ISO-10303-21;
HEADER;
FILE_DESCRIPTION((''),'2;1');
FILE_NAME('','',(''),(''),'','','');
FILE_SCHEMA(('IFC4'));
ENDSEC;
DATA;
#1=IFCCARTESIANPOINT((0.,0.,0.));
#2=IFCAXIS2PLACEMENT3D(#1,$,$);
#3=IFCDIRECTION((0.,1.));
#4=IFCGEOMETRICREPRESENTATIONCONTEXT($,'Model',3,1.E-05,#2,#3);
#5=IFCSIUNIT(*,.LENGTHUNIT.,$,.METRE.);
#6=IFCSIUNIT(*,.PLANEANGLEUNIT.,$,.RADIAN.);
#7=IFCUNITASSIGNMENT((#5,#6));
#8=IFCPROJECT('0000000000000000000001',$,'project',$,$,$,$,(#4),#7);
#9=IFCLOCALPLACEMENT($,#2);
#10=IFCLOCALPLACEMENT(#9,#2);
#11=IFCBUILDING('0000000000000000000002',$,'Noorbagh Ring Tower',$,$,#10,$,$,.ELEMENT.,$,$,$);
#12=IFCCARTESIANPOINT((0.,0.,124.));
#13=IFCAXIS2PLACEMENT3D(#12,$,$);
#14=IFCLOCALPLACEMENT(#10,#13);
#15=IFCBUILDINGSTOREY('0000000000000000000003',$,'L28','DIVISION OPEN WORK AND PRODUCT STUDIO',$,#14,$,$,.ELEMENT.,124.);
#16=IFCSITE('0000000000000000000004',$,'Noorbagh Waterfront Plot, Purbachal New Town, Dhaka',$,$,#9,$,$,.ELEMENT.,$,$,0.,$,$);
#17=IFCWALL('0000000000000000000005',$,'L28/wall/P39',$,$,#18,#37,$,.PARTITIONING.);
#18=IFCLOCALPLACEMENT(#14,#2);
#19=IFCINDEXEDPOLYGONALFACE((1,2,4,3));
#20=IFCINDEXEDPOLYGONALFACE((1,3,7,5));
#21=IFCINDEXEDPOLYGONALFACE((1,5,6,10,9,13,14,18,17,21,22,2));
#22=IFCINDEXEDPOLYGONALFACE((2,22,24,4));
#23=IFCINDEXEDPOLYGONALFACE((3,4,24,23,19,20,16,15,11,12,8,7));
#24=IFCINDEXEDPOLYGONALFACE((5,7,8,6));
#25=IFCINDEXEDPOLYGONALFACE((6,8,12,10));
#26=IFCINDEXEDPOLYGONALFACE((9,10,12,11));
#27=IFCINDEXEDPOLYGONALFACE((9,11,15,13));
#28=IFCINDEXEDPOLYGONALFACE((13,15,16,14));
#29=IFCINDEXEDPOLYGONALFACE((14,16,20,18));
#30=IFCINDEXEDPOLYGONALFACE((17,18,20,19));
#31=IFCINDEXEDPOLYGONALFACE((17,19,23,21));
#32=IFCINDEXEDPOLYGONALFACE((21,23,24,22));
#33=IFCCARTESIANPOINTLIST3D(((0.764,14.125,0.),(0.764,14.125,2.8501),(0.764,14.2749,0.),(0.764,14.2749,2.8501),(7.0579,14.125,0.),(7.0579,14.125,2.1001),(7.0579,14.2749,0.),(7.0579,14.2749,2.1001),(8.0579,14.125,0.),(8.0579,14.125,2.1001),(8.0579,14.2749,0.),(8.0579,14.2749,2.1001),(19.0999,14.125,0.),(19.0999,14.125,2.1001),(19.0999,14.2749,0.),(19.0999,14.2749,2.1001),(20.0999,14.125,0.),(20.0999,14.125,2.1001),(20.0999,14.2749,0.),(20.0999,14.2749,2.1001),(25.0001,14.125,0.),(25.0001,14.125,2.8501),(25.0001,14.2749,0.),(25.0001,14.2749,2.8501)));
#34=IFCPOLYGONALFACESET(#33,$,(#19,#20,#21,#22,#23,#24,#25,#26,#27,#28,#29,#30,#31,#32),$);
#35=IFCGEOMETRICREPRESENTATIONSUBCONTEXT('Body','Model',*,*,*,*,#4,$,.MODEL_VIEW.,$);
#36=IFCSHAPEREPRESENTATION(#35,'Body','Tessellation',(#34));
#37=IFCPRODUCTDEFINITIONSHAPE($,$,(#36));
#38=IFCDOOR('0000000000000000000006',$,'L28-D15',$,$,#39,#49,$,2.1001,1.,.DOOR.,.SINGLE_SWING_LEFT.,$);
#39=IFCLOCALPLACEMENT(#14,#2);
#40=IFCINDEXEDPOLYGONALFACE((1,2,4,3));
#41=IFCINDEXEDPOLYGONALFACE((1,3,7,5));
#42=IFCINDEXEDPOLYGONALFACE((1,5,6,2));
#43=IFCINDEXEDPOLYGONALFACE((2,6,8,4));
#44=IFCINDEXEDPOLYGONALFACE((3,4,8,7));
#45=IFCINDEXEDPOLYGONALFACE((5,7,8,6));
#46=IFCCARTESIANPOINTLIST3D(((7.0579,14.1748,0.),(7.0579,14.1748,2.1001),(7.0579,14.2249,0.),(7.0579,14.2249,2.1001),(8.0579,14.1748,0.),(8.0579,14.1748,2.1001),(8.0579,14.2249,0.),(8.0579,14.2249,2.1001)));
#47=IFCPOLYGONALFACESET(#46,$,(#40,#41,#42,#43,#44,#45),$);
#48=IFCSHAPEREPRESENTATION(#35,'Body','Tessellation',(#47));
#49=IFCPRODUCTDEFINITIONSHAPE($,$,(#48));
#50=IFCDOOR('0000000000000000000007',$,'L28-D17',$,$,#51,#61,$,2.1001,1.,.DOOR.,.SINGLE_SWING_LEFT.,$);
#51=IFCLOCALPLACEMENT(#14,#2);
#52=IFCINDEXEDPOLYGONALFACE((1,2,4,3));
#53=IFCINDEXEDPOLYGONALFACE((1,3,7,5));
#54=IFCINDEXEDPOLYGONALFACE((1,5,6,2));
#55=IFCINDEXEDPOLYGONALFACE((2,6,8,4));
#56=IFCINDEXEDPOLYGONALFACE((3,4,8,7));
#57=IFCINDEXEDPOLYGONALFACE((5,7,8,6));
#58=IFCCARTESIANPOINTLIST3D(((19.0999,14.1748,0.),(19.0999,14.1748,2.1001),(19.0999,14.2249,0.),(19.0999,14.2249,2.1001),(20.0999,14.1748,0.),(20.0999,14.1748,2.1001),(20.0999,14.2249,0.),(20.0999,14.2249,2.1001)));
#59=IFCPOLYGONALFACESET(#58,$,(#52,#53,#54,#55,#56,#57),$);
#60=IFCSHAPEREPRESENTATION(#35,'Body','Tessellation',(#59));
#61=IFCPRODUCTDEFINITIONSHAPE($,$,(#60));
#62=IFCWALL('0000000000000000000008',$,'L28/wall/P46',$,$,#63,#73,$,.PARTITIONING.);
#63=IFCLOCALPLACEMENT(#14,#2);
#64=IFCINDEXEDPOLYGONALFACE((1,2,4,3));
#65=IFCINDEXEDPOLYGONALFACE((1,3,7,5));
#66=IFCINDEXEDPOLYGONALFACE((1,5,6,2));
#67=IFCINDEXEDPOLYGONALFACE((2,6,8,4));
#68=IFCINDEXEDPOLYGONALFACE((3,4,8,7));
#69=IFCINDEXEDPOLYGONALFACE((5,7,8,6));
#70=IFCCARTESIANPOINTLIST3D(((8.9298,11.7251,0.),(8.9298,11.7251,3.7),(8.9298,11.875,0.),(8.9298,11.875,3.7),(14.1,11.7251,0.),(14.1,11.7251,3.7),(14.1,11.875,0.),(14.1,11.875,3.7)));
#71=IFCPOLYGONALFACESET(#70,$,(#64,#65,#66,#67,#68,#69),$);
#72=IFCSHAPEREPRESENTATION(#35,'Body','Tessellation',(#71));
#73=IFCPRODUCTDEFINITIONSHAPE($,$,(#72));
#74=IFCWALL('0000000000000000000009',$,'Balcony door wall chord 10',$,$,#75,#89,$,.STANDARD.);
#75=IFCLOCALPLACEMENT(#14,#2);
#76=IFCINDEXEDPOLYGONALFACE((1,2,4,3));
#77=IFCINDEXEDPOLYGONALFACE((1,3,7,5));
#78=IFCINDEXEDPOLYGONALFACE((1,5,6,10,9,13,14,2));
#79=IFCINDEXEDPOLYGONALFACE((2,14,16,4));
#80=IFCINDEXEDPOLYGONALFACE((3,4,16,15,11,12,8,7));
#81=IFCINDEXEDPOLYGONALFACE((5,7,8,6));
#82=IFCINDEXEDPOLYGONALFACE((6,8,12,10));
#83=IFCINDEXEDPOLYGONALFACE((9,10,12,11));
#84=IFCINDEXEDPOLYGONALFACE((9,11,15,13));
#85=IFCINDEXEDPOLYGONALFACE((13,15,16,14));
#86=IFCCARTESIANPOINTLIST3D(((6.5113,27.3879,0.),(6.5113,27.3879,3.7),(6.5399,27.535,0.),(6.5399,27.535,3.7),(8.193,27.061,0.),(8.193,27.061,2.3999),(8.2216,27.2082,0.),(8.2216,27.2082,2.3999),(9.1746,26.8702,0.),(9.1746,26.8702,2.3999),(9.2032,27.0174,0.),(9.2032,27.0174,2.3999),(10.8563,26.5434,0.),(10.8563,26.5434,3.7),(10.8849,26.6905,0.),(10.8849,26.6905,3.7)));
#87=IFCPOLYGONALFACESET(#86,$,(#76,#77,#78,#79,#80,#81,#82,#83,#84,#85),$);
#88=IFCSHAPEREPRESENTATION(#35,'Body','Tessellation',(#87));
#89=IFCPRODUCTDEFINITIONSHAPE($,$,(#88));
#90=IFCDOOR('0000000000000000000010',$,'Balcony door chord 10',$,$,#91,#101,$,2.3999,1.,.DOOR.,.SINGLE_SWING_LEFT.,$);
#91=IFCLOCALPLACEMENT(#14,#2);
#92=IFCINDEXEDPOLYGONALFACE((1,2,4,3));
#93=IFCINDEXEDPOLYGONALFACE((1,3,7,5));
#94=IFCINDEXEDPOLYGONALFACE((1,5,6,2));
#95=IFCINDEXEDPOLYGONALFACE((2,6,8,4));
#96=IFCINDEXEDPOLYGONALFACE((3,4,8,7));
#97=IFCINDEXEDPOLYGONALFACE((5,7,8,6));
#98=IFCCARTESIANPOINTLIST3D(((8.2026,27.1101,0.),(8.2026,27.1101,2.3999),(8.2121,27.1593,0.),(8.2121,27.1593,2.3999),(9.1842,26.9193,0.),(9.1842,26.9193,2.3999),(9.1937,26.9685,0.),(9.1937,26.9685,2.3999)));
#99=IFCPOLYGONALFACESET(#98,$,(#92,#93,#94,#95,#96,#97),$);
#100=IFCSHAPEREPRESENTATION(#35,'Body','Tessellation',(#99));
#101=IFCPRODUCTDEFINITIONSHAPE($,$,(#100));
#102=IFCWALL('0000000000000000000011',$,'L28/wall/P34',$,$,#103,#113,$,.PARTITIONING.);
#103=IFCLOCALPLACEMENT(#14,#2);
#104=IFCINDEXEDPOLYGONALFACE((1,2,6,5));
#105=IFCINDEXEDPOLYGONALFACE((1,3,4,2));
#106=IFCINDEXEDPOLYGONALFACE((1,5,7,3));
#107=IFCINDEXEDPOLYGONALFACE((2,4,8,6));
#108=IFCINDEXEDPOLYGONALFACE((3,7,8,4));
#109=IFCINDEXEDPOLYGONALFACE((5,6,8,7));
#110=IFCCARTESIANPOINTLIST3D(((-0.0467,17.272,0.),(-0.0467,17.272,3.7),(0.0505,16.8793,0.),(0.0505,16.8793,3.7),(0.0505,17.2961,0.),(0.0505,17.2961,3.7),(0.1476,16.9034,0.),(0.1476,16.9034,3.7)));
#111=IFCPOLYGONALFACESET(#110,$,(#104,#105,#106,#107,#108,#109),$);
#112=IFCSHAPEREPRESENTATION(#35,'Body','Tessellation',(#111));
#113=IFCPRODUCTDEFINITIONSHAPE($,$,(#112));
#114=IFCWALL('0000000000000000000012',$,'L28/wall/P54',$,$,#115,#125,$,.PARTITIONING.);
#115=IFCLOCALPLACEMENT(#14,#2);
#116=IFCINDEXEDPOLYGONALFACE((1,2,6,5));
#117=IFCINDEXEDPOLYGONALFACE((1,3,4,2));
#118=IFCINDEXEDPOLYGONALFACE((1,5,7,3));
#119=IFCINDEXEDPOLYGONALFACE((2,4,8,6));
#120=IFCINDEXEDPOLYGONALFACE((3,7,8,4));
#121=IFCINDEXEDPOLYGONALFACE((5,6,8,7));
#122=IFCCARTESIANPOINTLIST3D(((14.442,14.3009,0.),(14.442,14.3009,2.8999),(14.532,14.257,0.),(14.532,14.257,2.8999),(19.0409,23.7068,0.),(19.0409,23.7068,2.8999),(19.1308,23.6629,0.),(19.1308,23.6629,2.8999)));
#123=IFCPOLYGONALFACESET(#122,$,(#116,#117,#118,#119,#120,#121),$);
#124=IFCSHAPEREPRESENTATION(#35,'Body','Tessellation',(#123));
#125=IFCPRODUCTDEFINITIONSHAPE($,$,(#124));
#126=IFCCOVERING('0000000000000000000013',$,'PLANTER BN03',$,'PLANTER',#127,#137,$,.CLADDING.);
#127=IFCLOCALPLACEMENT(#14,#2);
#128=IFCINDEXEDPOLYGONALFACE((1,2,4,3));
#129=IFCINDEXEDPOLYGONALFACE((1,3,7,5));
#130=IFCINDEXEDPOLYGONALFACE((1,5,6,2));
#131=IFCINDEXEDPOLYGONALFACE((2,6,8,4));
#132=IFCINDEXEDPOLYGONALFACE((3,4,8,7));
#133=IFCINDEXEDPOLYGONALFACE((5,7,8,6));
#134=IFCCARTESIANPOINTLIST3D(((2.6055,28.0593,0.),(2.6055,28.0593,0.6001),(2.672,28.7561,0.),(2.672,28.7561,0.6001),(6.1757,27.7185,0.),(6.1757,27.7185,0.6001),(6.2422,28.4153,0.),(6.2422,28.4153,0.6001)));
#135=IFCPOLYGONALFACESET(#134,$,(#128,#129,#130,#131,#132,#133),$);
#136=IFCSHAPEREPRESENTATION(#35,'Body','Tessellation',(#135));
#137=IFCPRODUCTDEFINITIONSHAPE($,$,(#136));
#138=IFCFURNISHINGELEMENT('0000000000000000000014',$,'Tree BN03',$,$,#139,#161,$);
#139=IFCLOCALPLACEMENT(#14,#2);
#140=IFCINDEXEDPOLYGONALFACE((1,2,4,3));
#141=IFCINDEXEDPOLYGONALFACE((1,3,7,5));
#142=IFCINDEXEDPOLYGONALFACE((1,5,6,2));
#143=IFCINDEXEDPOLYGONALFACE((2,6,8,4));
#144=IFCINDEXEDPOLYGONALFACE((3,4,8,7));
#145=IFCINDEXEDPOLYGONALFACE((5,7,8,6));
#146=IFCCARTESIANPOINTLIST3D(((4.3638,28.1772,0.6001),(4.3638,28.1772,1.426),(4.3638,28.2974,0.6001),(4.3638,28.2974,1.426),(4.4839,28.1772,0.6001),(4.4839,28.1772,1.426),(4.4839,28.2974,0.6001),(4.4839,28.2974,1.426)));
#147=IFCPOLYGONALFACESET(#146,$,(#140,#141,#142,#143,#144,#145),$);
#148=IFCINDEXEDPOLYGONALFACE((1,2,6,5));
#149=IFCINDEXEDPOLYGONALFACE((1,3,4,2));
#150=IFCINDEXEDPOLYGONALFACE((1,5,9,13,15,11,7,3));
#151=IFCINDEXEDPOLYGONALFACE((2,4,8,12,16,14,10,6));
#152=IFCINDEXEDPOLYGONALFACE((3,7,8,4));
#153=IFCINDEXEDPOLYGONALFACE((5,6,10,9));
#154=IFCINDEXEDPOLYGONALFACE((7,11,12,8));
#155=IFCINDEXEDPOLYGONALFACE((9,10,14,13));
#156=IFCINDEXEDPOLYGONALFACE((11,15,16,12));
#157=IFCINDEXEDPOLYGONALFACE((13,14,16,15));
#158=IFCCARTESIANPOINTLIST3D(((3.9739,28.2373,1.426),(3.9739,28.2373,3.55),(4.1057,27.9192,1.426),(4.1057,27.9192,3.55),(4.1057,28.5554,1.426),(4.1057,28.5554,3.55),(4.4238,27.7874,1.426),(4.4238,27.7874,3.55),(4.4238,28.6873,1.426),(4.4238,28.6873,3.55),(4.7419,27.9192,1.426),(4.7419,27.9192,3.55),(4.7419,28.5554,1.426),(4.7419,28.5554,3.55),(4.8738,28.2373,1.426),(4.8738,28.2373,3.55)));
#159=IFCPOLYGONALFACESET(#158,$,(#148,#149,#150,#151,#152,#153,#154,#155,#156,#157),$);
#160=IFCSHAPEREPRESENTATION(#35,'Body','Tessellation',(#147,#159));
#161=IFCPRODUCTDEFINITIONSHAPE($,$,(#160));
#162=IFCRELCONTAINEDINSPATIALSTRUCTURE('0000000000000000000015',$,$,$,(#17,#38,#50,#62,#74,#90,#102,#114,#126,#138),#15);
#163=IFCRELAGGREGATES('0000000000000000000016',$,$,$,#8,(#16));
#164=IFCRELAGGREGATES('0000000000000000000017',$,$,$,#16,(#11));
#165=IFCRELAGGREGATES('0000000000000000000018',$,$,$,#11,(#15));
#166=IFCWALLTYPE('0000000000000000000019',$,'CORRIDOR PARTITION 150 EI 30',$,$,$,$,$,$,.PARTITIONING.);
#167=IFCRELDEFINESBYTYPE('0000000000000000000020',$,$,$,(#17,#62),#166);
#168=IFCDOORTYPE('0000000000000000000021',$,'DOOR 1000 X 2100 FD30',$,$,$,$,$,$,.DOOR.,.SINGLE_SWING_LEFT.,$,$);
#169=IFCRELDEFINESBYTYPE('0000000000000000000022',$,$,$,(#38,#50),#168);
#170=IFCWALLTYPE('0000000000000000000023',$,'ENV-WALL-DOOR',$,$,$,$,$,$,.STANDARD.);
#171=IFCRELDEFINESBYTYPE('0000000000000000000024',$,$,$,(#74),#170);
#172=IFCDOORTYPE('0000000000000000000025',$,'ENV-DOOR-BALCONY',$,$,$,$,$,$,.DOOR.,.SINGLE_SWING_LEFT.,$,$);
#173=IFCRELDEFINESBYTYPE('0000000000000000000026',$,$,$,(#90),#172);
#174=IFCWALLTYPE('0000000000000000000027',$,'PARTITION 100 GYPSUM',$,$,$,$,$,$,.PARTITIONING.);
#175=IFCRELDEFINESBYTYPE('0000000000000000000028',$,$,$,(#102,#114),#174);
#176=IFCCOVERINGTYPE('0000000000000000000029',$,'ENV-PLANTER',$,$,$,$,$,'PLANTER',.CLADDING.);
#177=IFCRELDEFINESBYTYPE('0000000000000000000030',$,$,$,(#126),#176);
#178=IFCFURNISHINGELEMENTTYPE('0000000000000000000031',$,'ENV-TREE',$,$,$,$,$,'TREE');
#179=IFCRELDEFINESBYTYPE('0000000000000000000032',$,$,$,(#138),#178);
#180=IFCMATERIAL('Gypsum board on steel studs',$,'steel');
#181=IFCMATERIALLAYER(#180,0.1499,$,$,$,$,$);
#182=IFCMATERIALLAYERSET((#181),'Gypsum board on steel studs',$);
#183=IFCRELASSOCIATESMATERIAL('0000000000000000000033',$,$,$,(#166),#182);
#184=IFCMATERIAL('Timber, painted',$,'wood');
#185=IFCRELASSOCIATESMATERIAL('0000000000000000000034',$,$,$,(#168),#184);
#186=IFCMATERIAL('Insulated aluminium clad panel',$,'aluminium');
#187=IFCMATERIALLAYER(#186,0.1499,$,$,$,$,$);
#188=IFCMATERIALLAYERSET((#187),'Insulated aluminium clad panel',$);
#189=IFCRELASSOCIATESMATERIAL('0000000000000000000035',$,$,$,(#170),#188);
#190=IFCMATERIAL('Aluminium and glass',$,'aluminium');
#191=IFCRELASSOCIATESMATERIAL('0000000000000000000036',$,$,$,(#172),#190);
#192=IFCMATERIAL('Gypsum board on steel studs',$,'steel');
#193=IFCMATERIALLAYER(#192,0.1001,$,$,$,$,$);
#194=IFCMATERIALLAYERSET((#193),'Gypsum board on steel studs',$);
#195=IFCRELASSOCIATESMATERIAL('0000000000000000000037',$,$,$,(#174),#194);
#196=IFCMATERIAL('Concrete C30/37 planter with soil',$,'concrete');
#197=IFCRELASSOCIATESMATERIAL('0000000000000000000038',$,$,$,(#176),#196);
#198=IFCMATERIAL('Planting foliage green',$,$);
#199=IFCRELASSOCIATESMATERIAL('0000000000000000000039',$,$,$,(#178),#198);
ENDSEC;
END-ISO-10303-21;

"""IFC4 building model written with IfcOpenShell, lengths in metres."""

from ifc_helpers import new_model, si_unit, direction, frame, frame_2d, origin, origin_2d, place, context, subcontext, project, spatial, polyline, rectangle, outline, extrude, material, layer, layer_set, type_object, element, fill, save


model = new_model("IFC4")

# Units and contexts
model_context = context("Model", 3, precision=1e-05, world=origin(), true_north=direction((0.0, 1.0)))
body_context = subcontext(model_context, "Body", "Model", "MODEL_VIEW")
ifc_project = project(units=[si_unit("LENGTHUNIT", "METRE"), si_unit("PLANEANGLEUNIT", "RADIAN")], contexts=[model_context])

# Site, building, storey
site_placement = place(None, origin())
site = spatial("IfcSite", under=ifc_project, at=site_placement, Name="Noorbagh Waterfront Plot, Purbachal New Town, Dhaka", CompositionType="ELEMENT", RefElevation=0.0)
building_placement = place(site_placement, origin())
building = spatial("IfcBuilding", under=site, at=building_placement, Name="Noorbagh Ring Tower", CompositionType="ELEMENT")
storey_placement = place(building_placement, frame((0.0, 0.0, 124.0)))
storey = spatial("IfcBuildingStorey", under=building, at=storey_placement, Name="L28", Description="DIVISION OPEN WORK AND PRODUCT STUDIO", CompositionType="ELEMENT", Elevation=124.0)

# Shared definitions
ifc_material_1 = material(Name="Gypsum board on steel studs", Category="steel")
ifc_layer_1 = layer(ifc_material_1, 0.1499)
ifc_layer_set_1 = layer_set([ifc_layer_1], Name="Gypsum board on steel studs")
wall_type_1 = type_object("IfcWallType", Name="CORRIDOR PARTITION 150 EI 30", PredefinedType="PARTITIONING", material=ifc_layer_set_1)

# Wall, openings, doors
wall_1_placement = place(storey_placement, frame((0.7639, 14.2, 0.0), z_axis=(0.0, 0.0, 1.0), x_axis=(1.0, 0.0, 0.0)))
wall_1 = element("IfcWall", 1, at=wall_1_placement, inside=storey, type_object=wall_type_1, Name="L28/wall/P39", PredefinedType="PARTITIONING", context=body_context, shape_type="SweptSolid", body=[
    extrude(rectangle(XDim=24.2361, YDim=0.1499, at=frame_2d((12.1182, 0.0))), origin(), (0.0, 0.0, 1.0), 2.8501),
])
opening_1_placement = place(wall_1_placement, frame((6.2939, 0.0, 0.0)))
opening_1 = element("IfcOpeningElement", 2, at=opening_1_placement, cuts=wall_1, PredefinedType="OPENING", context=body_context, shape_type="SweptSolid", body=[
    extrude(rectangle(XDim=1.0, YDim=2.1001, at=frame_2d((0.5, 1.05))), frame((0.0, 0.085, 0.0), z_axis=(0.0, -1.0, 0.0), x_axis=(1.0, 0.0, 0.0)), (0.0, 0.0, 1.0), 0.1699),
])
opening_2_placement = place(wall_1_placement, frame((18.3359, 0.0, 0.0)))
opening_2 = element("IfcOpeningElement", 3, at=opening_2_placement, cuts=wall_1, PredefinedType="OPENING", context=body_context, shape_type="SweptSolid", body=[
    extrude(rectangle(XDim=1.0, YDim=2.1001, at=frame_2d((0.5, 1.05))), frame((0.0, 0.085, 0.0), z_axis=(0.0, -1.0, 0.0), x_axis=(1.0, 0.0, 0.0)), (0.0, 0.0, 1.0), 0.1699),
])
ifc_material_2 = material(Name="Timber, painted", Category="wood")
door_type_1 = type_object("IfcDoorType", Name="DOOR 1000 X 2100 FD30", OperationType="SINGLE_SWING_LEFT", PredefinedType="DOOR", material=ifc_material_2)
door_1_placement = place(opening_1_placement, origin())
door_1 = element("IfcDoor", 4, at=door_1_placement, inside=storey, type_object=door_type_1, Name="L28-D15", OperationType="SINGLE_SWING_LEFT", OverallHeight=2.1001, OverallWidth=1.0, PredefinedType="DOOR", context=body_context, shape_type="SweptSolid", body=[
    extrude(rectangle(XDim=1.0, YDim=2.1001, at=frame_2d((0.5, 1.05))), frame((0.0, 0.0249, 0.0), z_axis=(0.0, -1.0, 0.0), x_axis=(1.0, 0.0, 0.0)), (0.0, 0.0, 1.0), 0.05),
])
fill(opening_1, door_1)
door_2_placement = place(opening_2_placement, origin())
door_2 = element("IfcDoor", 5, at=door_2_placement, inside=storey, type_object=door_type_1, Name="L28-D17", OperationType="SINGLE_SWING_LEFT", OverallHeight=2.1001, OverallWidth=1.0, PredefinedType="DOOR", context=body_context, shape_type="SweptSolid", body=[
    extrude(rectangle(XDim=1.0, YDim=2.1001, at=frame_2d((0.5, 1.05))), frame((0.0, 0.0249, 0.0), z_axis=(0.0, -1.0, 0.0), x_axis=(1.0, 0.0, 0.0)), (0.0, 0.0, 1.0), 0.05),
])
fill(opening_2, door_2)

# Wall
wall_2_placement = place(storey_placement, frame((8.9299, 11.8, 0.0), z_axis=(0.0, 0.0, 1.0), x_axis=(1.0, 0.0, 0.0)))
element("IfcWall", 6, at=wall_2_placement, inside=storey, type_object=wall_type_1, Name="L28/wall/P46", PredefinedType="PARTITIONING", context=body_context, shape_type="SweptSolid", body=[
    extrude(rectangle(XDim=5.1702, YDim=0.1499, at=frame_2d((2.585, 0.0))), origin(), (0.0, 0.0, 1.0), 3.7),
])

# Wall, opening, door
ifc_material_3 = material(Name="Insulated aluminium clad panel", Category="aluminium")
ifc_layer_2 = layer(ifc_material_3, 0.1499)
ifc_layer_set_2 = layer_set([ifc_layer_2], Name="Insulated aluminium clad panel")
wall_type_2 = type_object("IfcWallType", Name="ENV-WALL-DOOR", PredefinedType="STANDARD", material=ifc_layer_set_2)
wall_3_placement = place(storey_placement, frame((10.8706, 26.6169, 0.0), z_axis=(0.0, 0.0, 1.0), x_axis=(-0.981631, 0.190788, 0.0)))
wall_3 = element("IfcWall", 7, at=wall_3_placement, inside=storey, type_object=wall_type_2, Name="Balcony door wall chord 10", PredefinedType="STANDARD", context=body_context, shape_type="SweptSolid", body=[
    extrude(rectangle(XDim=4.4263, YDim=0.1499, at=frame_2d((2.2131, 0.0))), origin(), (0.0, 0.0, 1.0), 3.7),
])
opening_3_placement = place(wall_3_placement, frame((1.7131, 0.0, 0.0)))
opening_3 = element("IfcOpeningElement", 8, at=opening_3_placement, cuts=wall_3, PredefinedType="OPENING", context=body_context, shape_type="SweptSolid", body=[
    extrude(rectangle(XDim=1.0, YDim=2.3999, at=frame_2d((0.5, 1.2))), frame((0.0, 0.085, 0.0), z_axis=(0.0, -1.0, 0.0), x_axis=(1.0, 0.0, 0.0)), (0.0, 0.0, 1.0), 0.1699),
])
ifc_material_4 = material(Name="Aluminium and glass", Category="aluminium")
door_type_2 = type_object("IfcDoorType", Name="ENV-DOOR-BALCONY", OperationType="SINGLE_SWING_LEFT", PredefinedType="DOOR", material=ifc_material_4)
door_3_placement = place(opening_3_placement, origin())
door_3 = element("IfcDoor", 9, at=door_3_placement, inside=storey, type_object=door_type_2, Name="Balcony door chord 10", OperationType="SINGLE_SWING_LEFT", OverallHeight=2.3999, OverallWidth=1.0, PredefinedType="DOOR", context=body_context, shape_type="SweptSolid", body=[
    extrude(rectangle(XDim=1.0, YDim=2.3999, at=frame_2d((0.5, 1.2))), frame((0.0, 0.0249, 0.0), z_axis=(0.0, -1.0, 0.0), x_axis=(1.0, 0.0, 0.0)), (0.0, 0.0, 1.0), 0.05),
])
fill(opening_3, door_3)

# Walls
ifc_material_5 = material(Name="Gypsum board on steel studs", Category="steel")
ifc_layer_3 = layer(ifc_material_5, 0.1001)
ifc_layer_set_3 = layer_set([ifc_layer_3], Name="Gypsum board on steel studs")
wall_type_3 = type_object("IfcWallType", Name="PARTITION 100 GYPSUM", PredefinedType="PARTITIONING", material=ifc_layer_set_3)
wall_4_placement = place(storey_placement, frame((0.002, 17.2839, 0.0), z_axis=(0.0, 0.0, 1.0), x_axis=(0.240122, -0.970743, 0.0)))
element("IfcWall", 10, at=wall_4_placement, inside=storey, type_object=wall_type_3, Name="L28/wall/P34", PredefinedType="PARTITIONING", context=body_context, shape_type="SweptSolid", body=[
    extrude(rectangle(XDim=0.4045, YDim=0.1001, at=frame_2d((0.2021, 0.0))), origin(), (0.0, 0.0, 1.0), 3.7),
])
wall_5_placement = place(storey_placement, frame((14.4871, 14.2791, 0.0), z_axis=(0.0, 0.0, 1.0), x_axis=(0.43924, 0.89837, 0.0)))
element("IfcWall", 11, at=wall_5_placement, inside=storey, type_object=wall_type_3, Name="L28/wall/P54", PredefinedType="PARTITIONING", context=body_context, shape_type="SweptSolid", body=[
    extrude(rectangle(XDim=10.47, YDim=0.1001, at=frame_2d((5.2349, 0.0))), origin(), (0.0, 0.0, 1.0), 2.8999),
])

# Covering
ifc_material_6 = material(Name="Concrete C30/37 planter with soil", Category="concrete")
covering_type = type_object("IfcCoveringType", Name="ENV-PLANTER", ElementType="PLANTER", PredefinedType="CLADDING", material=ifc_material_6)
covering_placement = place(storey_placement, frame((4.4238, 28.2373, 0.0), z_axis=(0.0, 0.0, 1.0), x_axis=(-0.995476, 0.095008, 0.0)))
element("IfcCovering", 12, at=covering_placement, inside=storey, type_object=covering_type, Name="PLANTER BN03", ObjectType="PLANTER", PredefinedType="CLADDING", context=body_context, shape_type="SweptSolid", body=[
    extrude(rectangle(XDim=3.5864, YDim=0.7, at=origin_2d()), origin(), (0.0, 0.0, 1.0), 0.6001),
])

# Furnishing element
ifc_material_7 = material(Name="Planting foliage green")
furnishing_element_type = type_object("IfcFurnishingElementType", Name="ENV-TREE", ElementType="TREE", material=ifc_material_7)
furnishing_placement = place(storey_placement, frame((4.4238, 28.2373, 0.6001), z_axis=(0.0, 0.0, 1.0), x_axis=(1.0, 0.0, 0.0)))
element("IfcFurnishingElement", 13, at=furnishing_placement, inside=storey, type_object=furnishing_element_type, Name="Tree BN03", context=body_context, shape_type="SweptSolid", body=[
    extrude(rectangle(XDim=0.1201, YDim=0.1201, at=origin_2d()), origin(), (0.0, 0.0, 1.0), 0.8259),
    extrude(outline(polyline([(0.45, 0.0), (0.3181, 0.3181), (0.0, 0.45), (-0.3181, 0.3181), (-0.45, 0.0), (-0.3181, -0.3181), (0.0, -0.45), (0.3181, -0.3181), (0.45, 0.0)])), frame((0.0, 0.0, 0.8259)), (0.0, 0.0, 1.0), 2.124),
])

save(model, "model.ifc")
